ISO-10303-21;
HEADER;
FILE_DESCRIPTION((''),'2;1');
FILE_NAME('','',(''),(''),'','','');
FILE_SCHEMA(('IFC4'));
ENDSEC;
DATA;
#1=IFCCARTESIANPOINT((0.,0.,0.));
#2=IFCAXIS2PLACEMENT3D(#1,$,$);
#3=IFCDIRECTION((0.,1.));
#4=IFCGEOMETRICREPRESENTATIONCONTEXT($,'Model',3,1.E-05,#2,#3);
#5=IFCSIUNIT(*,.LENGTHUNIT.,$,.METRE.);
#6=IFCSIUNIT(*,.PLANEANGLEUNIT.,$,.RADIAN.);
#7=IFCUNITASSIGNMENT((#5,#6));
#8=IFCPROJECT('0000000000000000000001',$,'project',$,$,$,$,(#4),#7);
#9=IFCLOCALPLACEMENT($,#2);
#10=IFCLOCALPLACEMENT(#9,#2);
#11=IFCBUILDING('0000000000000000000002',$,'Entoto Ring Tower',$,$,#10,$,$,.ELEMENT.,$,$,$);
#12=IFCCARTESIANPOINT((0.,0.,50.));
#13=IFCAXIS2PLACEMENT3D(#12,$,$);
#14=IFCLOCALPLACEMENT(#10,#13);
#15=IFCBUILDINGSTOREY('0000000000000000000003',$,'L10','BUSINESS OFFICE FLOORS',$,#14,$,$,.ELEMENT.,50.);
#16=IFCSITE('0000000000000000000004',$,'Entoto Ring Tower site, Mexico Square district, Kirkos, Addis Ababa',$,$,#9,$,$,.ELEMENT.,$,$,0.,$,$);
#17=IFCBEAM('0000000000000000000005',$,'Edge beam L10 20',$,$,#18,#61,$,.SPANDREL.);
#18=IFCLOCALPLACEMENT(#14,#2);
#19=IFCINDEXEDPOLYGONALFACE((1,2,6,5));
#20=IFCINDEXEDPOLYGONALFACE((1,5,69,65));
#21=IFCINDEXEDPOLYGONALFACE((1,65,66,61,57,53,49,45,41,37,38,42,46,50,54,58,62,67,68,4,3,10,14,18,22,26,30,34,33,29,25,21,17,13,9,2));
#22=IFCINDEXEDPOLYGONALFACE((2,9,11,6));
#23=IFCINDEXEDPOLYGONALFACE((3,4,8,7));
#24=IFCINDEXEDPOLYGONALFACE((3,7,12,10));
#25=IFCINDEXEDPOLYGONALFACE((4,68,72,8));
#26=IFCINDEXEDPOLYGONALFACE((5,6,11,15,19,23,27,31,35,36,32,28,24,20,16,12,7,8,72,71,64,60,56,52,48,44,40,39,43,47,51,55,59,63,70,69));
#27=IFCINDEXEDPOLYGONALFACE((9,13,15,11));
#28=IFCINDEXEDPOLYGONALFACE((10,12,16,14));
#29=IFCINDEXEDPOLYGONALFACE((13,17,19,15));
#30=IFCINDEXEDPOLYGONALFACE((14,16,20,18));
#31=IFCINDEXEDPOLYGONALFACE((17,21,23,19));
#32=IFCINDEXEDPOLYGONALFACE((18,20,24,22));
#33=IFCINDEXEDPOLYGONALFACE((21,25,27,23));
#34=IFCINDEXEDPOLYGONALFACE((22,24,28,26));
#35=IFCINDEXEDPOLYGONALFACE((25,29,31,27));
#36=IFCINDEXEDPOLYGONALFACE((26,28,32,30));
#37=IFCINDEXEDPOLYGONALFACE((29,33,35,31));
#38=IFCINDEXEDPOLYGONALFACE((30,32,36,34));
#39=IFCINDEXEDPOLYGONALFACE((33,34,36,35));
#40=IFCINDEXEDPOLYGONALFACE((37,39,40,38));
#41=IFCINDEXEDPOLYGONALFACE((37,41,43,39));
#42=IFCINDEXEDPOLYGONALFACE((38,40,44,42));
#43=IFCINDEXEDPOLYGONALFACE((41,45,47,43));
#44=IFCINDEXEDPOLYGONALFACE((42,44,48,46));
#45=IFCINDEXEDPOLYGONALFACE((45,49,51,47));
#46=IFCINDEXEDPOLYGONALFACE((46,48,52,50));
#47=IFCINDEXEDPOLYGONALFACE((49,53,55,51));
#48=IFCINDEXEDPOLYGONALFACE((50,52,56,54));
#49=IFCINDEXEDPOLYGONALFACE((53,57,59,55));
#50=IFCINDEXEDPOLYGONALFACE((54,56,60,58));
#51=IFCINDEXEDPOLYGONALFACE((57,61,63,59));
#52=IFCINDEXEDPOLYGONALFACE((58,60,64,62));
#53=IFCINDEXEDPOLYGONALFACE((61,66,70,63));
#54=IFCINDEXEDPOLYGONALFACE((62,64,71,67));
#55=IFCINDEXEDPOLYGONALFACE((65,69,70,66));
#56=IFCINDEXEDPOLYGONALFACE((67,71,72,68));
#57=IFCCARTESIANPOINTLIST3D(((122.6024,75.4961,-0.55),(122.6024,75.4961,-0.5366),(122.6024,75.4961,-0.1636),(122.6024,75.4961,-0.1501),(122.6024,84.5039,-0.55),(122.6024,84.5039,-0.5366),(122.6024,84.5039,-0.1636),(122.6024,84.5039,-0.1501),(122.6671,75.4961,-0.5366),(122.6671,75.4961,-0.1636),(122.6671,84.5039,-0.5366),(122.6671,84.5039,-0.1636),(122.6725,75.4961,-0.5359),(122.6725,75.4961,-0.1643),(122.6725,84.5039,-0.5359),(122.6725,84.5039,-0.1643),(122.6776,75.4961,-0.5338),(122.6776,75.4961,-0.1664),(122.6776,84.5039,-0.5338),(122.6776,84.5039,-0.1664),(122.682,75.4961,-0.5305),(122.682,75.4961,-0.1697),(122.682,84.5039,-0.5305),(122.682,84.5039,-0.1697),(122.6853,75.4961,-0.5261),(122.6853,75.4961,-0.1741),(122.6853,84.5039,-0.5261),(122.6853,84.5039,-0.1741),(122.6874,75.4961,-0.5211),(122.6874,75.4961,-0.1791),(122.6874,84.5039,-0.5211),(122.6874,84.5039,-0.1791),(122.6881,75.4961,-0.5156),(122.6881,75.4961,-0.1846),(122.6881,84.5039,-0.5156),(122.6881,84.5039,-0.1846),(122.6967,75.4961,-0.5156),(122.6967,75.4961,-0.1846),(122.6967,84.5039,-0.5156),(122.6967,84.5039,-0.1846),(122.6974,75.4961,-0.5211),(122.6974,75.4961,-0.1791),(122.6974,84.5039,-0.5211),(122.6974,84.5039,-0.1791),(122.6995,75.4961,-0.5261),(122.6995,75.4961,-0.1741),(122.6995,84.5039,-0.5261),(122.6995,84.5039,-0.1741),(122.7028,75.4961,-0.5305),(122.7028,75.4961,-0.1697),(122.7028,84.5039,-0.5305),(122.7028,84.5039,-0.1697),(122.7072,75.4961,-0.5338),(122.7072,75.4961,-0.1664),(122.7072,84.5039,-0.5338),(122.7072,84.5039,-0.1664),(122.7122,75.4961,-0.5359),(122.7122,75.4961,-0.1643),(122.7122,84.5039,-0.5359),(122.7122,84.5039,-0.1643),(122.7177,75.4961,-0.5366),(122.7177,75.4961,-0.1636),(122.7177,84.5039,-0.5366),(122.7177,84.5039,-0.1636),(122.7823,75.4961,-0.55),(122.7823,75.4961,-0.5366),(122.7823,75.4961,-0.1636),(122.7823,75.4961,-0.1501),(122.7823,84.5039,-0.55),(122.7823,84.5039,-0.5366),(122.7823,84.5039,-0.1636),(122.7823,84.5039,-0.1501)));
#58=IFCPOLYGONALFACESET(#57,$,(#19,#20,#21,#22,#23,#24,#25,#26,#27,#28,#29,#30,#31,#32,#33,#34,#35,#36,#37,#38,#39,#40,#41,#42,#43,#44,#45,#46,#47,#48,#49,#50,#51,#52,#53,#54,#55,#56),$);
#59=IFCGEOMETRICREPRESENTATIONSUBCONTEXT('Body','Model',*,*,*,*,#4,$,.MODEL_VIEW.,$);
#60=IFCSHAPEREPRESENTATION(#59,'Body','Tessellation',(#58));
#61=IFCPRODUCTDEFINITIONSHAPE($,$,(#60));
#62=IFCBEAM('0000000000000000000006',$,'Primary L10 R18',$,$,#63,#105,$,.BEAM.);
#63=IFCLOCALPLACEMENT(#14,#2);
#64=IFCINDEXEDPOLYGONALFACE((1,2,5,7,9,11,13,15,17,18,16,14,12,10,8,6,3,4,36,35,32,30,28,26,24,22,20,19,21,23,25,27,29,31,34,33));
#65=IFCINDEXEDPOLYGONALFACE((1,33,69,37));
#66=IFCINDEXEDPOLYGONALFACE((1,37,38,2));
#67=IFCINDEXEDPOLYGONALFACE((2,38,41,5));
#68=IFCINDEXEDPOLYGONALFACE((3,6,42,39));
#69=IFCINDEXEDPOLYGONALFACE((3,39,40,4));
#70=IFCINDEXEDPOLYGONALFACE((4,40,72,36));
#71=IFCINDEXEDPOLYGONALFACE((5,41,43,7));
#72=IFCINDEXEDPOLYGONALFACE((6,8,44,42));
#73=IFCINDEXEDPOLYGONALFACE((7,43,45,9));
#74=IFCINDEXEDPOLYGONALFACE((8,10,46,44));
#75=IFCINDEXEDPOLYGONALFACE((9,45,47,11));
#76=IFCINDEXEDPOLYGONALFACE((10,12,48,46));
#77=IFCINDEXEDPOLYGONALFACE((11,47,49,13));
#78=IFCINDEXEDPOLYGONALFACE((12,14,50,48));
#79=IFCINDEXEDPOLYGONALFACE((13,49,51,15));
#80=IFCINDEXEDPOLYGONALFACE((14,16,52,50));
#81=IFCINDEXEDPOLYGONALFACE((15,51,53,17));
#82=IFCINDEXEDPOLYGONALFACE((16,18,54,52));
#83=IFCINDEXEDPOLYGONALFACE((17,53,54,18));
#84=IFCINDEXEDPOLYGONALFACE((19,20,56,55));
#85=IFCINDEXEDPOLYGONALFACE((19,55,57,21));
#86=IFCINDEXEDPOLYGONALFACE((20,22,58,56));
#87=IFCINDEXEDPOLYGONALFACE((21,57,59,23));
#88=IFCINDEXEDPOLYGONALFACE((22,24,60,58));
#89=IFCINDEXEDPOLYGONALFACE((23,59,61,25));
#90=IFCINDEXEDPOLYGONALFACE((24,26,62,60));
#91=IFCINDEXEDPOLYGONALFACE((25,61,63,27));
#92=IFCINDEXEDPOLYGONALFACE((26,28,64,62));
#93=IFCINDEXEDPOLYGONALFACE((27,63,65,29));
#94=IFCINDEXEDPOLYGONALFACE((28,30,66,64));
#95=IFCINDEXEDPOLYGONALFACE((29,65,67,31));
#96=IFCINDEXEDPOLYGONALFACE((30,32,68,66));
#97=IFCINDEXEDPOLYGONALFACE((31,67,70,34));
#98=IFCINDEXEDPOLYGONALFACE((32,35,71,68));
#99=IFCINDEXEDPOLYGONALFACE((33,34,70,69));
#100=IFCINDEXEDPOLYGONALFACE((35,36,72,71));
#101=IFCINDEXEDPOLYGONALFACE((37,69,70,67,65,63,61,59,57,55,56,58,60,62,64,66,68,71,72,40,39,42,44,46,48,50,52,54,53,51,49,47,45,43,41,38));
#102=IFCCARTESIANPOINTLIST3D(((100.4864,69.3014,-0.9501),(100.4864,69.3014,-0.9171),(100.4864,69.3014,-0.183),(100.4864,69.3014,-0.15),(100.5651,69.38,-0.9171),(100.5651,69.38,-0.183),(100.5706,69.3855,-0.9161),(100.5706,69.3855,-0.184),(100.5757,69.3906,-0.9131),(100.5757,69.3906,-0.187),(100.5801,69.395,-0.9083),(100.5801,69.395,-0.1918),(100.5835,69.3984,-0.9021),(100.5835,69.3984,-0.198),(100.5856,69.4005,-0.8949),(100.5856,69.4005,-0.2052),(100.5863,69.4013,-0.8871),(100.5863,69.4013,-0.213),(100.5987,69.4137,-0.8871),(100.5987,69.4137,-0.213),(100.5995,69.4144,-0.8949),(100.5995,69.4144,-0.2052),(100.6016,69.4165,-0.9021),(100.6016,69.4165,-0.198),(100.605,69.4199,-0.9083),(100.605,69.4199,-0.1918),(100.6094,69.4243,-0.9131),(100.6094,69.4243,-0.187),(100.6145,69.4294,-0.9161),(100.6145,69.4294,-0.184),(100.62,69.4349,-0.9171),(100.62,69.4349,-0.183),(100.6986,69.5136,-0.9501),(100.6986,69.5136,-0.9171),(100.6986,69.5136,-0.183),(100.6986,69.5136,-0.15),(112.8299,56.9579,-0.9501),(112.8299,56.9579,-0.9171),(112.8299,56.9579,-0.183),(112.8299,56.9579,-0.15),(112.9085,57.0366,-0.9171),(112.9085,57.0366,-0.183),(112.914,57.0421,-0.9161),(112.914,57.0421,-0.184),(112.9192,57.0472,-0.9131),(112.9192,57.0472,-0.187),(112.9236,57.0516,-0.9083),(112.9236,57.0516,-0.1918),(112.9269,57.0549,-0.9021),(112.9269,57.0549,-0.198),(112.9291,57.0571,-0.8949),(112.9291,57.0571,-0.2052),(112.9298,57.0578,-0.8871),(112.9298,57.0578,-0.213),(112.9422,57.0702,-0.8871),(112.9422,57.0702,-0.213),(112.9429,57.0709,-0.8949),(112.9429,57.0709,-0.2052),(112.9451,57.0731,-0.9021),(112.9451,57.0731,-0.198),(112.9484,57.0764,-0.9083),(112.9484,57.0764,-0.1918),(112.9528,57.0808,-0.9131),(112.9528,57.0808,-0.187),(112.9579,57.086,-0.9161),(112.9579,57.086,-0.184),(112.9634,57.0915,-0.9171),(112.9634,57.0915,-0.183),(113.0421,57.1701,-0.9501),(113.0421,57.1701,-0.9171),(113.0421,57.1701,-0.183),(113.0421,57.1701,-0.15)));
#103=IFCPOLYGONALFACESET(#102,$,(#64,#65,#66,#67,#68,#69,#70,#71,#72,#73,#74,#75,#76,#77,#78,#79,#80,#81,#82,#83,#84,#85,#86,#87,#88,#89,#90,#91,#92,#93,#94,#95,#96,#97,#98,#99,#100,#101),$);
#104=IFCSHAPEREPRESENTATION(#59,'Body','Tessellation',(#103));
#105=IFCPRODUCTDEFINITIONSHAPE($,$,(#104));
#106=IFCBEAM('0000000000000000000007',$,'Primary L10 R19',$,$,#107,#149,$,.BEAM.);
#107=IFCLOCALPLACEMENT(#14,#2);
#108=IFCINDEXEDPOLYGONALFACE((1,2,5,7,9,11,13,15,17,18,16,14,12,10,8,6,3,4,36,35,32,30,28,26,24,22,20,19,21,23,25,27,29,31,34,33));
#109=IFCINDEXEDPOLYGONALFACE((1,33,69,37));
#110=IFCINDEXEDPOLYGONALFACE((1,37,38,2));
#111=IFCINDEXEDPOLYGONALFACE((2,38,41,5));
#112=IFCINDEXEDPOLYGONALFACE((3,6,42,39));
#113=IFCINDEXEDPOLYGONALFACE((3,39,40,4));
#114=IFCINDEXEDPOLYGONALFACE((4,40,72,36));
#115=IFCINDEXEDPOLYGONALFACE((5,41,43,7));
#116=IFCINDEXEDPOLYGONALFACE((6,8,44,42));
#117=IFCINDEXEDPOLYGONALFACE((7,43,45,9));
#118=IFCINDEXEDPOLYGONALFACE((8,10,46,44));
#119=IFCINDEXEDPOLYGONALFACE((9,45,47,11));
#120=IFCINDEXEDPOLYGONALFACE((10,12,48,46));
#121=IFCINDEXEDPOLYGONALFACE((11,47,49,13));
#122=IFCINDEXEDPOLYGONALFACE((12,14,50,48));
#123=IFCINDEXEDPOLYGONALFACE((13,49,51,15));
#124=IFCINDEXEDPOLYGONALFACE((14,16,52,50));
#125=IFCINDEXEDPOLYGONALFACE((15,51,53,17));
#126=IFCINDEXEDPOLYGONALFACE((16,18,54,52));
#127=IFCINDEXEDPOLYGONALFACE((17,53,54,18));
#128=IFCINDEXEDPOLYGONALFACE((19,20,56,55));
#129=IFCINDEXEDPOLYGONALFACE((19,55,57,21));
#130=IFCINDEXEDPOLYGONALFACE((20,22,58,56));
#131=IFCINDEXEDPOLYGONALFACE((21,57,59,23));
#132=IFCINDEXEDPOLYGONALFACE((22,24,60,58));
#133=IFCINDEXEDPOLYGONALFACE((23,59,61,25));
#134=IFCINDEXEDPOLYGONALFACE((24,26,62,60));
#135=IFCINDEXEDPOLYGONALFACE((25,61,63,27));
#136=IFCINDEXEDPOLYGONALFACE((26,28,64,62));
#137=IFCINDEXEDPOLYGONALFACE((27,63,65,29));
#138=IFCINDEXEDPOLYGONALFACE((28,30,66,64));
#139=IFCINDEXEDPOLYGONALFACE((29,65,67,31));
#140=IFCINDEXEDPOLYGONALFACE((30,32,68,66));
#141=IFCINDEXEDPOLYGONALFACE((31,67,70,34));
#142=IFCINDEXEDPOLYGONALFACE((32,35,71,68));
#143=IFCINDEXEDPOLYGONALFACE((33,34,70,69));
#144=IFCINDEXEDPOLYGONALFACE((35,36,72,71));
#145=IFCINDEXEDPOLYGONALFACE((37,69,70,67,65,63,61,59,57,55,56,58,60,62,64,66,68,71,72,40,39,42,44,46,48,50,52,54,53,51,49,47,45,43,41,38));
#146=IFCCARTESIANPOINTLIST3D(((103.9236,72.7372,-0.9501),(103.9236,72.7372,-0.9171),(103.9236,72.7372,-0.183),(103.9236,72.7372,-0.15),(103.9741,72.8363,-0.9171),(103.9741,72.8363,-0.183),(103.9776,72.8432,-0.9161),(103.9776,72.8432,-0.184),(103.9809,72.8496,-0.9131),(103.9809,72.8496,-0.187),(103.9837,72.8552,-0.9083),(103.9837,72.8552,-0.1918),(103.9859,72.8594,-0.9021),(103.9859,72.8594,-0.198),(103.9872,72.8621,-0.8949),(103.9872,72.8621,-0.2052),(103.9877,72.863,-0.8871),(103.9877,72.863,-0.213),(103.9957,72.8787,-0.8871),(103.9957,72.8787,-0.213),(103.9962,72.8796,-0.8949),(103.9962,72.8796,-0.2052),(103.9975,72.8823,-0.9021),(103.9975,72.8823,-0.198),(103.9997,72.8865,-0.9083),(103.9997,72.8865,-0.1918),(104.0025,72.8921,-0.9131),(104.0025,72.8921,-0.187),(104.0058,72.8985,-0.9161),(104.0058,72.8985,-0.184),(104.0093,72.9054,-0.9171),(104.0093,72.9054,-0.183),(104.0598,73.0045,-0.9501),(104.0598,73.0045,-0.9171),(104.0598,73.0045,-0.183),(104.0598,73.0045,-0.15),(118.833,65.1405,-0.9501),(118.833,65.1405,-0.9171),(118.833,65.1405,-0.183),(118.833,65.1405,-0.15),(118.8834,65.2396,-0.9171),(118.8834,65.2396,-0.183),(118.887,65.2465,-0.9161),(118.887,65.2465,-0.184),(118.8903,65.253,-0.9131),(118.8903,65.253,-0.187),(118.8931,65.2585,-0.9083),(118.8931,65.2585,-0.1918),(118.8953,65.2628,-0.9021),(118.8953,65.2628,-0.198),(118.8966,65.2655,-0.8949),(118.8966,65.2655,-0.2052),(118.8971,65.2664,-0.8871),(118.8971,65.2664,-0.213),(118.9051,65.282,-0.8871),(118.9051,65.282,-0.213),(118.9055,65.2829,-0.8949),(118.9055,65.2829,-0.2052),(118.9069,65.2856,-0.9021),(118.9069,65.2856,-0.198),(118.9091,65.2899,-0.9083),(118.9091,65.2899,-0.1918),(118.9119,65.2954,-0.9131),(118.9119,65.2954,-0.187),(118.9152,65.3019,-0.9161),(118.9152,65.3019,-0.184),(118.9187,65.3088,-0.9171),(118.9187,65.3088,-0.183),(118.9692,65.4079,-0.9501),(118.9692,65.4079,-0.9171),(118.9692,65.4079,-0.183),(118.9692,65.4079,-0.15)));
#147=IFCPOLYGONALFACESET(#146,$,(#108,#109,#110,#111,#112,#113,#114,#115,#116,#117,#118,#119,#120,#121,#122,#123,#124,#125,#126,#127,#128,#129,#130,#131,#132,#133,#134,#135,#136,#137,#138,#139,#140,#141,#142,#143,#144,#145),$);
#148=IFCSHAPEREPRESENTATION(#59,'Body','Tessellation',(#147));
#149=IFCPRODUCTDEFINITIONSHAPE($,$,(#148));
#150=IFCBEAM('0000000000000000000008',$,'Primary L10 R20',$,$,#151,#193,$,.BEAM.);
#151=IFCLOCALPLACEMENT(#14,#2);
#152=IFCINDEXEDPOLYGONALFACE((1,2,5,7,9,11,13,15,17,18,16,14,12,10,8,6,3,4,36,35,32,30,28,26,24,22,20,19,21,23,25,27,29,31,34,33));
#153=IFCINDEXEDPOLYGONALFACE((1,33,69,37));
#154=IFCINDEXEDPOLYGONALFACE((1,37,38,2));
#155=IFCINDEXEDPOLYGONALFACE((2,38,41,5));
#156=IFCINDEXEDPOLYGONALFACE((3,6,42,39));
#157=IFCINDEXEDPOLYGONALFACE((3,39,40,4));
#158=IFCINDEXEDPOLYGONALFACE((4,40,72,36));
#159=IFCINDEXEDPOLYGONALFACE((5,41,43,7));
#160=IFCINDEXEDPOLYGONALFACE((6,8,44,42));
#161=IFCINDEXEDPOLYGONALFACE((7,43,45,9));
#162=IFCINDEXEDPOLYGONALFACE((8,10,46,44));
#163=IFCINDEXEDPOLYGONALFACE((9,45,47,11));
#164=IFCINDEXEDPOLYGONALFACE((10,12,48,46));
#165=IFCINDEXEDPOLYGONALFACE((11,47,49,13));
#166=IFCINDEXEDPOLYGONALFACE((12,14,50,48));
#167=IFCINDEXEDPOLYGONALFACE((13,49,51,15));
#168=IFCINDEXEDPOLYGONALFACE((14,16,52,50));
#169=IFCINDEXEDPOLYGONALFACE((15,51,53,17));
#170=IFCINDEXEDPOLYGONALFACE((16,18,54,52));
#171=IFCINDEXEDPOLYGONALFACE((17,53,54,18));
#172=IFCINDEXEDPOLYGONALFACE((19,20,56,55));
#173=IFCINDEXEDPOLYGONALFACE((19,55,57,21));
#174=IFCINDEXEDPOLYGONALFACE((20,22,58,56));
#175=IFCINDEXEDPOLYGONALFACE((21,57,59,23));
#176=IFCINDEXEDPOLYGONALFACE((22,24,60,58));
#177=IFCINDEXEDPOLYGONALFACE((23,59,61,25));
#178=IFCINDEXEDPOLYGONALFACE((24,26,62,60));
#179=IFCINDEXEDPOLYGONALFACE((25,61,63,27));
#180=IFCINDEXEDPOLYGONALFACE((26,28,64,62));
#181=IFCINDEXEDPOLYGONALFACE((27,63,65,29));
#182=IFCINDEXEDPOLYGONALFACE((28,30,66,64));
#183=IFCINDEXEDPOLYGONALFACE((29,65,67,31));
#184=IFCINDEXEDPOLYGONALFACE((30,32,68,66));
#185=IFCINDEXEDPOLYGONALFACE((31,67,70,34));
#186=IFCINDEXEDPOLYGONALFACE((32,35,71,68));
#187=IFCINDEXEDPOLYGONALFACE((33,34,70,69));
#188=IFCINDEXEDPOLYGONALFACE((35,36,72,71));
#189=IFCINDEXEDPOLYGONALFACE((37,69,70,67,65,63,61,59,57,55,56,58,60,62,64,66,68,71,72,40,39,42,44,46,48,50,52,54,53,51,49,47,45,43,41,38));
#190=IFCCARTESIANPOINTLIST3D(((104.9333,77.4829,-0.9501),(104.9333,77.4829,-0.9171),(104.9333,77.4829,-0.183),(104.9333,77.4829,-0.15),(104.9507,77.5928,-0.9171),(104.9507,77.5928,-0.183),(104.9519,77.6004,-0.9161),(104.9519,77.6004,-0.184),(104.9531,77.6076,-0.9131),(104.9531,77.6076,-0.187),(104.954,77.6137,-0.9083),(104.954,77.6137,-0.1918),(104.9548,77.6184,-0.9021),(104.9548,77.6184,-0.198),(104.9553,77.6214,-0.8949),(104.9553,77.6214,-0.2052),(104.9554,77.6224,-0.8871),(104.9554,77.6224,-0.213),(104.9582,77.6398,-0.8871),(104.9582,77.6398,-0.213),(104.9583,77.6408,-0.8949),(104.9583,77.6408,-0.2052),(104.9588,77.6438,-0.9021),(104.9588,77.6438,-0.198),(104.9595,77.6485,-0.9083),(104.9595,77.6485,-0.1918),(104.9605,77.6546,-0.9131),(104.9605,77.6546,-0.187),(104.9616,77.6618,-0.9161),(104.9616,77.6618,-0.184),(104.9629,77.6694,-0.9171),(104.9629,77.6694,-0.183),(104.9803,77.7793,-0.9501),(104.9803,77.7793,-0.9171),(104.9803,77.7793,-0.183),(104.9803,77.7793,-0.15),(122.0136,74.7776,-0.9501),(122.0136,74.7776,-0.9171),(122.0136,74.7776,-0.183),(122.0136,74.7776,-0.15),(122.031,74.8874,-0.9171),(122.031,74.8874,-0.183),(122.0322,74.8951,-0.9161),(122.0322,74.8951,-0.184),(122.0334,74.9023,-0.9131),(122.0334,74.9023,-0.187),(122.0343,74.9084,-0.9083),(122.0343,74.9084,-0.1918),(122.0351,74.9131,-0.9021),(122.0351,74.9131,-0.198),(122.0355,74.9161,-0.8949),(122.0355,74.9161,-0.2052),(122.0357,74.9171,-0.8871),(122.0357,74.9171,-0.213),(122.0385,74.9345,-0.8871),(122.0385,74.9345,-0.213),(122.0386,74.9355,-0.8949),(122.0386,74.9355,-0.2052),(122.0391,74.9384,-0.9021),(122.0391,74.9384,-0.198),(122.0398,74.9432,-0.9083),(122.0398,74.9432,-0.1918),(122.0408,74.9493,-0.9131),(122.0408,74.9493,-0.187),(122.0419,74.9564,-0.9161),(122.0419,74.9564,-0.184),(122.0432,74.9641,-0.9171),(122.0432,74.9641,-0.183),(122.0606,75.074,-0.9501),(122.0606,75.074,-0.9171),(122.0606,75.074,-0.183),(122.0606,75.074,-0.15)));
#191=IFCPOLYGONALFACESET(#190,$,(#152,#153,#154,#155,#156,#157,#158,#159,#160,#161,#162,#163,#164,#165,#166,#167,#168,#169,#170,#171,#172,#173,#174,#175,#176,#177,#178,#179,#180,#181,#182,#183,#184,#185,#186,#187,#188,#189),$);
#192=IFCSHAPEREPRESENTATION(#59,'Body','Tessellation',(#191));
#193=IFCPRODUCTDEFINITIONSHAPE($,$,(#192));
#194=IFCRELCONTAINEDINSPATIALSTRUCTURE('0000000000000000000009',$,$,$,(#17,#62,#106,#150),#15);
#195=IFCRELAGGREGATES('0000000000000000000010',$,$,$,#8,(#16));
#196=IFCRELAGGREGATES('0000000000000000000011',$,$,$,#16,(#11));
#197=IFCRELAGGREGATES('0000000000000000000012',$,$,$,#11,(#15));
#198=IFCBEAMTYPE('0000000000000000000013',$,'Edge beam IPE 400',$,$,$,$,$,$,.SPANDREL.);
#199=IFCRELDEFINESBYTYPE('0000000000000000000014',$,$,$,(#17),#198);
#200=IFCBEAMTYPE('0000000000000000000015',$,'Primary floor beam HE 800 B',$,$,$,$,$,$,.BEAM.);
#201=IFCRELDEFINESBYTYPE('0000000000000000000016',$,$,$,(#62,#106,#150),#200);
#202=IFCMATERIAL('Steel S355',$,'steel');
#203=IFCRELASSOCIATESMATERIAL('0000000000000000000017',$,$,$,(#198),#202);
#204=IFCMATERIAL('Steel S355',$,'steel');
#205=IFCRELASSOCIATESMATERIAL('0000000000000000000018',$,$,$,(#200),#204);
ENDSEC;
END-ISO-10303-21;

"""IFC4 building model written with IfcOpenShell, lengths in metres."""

from ifc_helpers import new_model, si_unit, direction, frame, origin, origin_2d, place, context, subcontext, project, spatial, i_section, extrude, material, material_profile, profile_set, type_object, element, save


model = new_model("IFC4")

# Units and contexts
model_context = context("Model", 3, precision=1e-05, world=origin(), true_north=direction((0.0, 1.0)))
body_context = subcontext(model_context, "Body", "Model", "MODEL_VIEW")
ifc_project = project(units=[si_unit("LENGTHUNIT", "METRE"), si_unit("PLANEANGLEUNIT", "RADIAN")], contexts=[model_context])

# Site, building, storey
site_placement = place(None, origin())
site = spatial("IfcSite", under=ifc_project, at=site_placement, Name="Entoto Ring Tower site, Mexico Square district, Kirkos, Addis Ababa", CompositionType="ELEMENT", RefElevation=0.0)
building_placement = place(site_placement, origin())
building = spatial("IfcBuilding", under=site, at=building_placement, Name="Entoto Ring Tower", CompositionType="ELEMENT")
storey_placement = place(building_placement, frame((0.0, 0.0, 50.0)))
storey = spatial("IfcBuildingStorey", under=building, at=storey_placement, Name="L10", Description="BUSINESS OFFICE FLOORS", CompositionType="ELEMENT", Elevation=50.0)

# Beams
ifc_material_1 = material(Name="Steel S355", Category="steel")
ifc_material_profile_1 = material_profile(ifc_material_1, i_section(OverallWidth=0.1799, OverallDepth=0.3999, WebThickness=0.0085, FlangeThickness=0.0134, FilletRadius=0.021, at=origin_2d()), Name="IPE 400")
ifc_profile_set_1 = profile_set([ifc_material_profile_1], Name="Steel S355")
beam_type_1 = type_object("IfcBeamType", Name="Edge beam IPE 400", PredefinedType="SPANDREL", material=ifc_profile_set_1)
for number, where, z_axis, x_axis, name in (
    (1, (122.6924, 75.4961, -0.3501), (0.0, 1.0, 0.0), (-1.0, 0.0, 0.0), "Edge beam L10 20"),
):
    element("IfcBeam", number, at=place(storey_placement, frame(where, z_axis=z_axis, x_axis=x_axis)), inside=storey, type_object=beam_type_1, Name=name, PredefinedType="SPANDREL", context=body_context, shape_type="SweptSolid", body=[
        extrude(i_section(OverallWidth=0.1799, OverallDepth=0.3999, WebThickness=0.0085, FlangeThickness=0.0134, FilletRadius=0.021, at=origin_2d()), origin(), (0.0, 0.0, 1.0), 9.0078),
    ])
ifc_material_2 = material(Name="Steel S355", Category="steel")
ifc_material_profile_2 = material_profile(ifc_material_2, i_section(OverallWidth=0.3, OverallDepth=0.8, WebThickness=0.0176, FlangeThickness=0.033, FilletRadius=0.03, at=origin_2d()), Name="HE 800 B")
ifc_profile_set_2 = profile_set([ifc_material_profile_2], Name="Steel S355")
beam_type_2 = type_object("IfcBeamType", Name="Primary floor beam HE 800 B", PredefinedType="BEAM", material=ifc_profile_set_2)
beam_1_placement = place(storey_placement, frame((100.5925, 69.4075, -0.55), z_axis=(0.707107, -0.707107, 0.0), x_axis=(0.707107, 0.707107, 0.0)))
element("IfcBeam", 2, at=beam_1_placement, inside=storey, type_object=beam_type_2, Name="Primary L10 R18", PredefinedType="BEAM", context=body_context, shape_type="SweptSolid", body=[
    extrude(i_section(OverallWidth=0.3, OverallDepth=0.8, WebThickness=0.0176, FlangeThickness=0.033, FilletRadius=0.03, at=origin_2d()), origin(), (0.0, 0.0, 1.0), 17.4563),
])
beam_2_placement = place(storey_placement, frame((103.9917, 72.8708, -0.55), z_axis=(0.891008, -0.453988, 0.0), x_axis=(0.453988, 0.891008, 0.0)))
element("IfcBeam", 3, at=beam_2_placement, inside=storey, type_object=beam_type_2, Name="Primary L10 R19", PredefinedType="BEAM", context=body_context, shape_type="SweptSolid", body=[
    extrude(i_section(OverallWidth=0.3, OverallDepth=0.8, WebThickness=0.0176, FlangeThickness=0.033, FilletRadius=0.03, at=origin_2d()), origin(), (0.0, 0.0, 1.0), 16.7332),
])
beam_3_placement = place(storey_placement, frame((104.9568, 77.6311, -0.55), z_axis=(0.987688, -0.156438, 0.0), x_axis=(0.156438, 0.987688, 0.0)))
element("IfcBeam", 4, at=beam_3_placement, inside=storey, type_object=beam_type_2, Name="Primary L10 R20", PredefinedType="BEAM", context=body_context, shape_type="SweptSolid", body=[
    extrude(i_section(OverallWidth=0.3, OverallDepth=0.8, WebThickness=0.0176, FlangeThickness=0.033, FilletRadius=0.03, at=origin_2d()), origin(), (0.0, 0.0, 1.0), 17.2932),
])

save(model, "model.ifc")
